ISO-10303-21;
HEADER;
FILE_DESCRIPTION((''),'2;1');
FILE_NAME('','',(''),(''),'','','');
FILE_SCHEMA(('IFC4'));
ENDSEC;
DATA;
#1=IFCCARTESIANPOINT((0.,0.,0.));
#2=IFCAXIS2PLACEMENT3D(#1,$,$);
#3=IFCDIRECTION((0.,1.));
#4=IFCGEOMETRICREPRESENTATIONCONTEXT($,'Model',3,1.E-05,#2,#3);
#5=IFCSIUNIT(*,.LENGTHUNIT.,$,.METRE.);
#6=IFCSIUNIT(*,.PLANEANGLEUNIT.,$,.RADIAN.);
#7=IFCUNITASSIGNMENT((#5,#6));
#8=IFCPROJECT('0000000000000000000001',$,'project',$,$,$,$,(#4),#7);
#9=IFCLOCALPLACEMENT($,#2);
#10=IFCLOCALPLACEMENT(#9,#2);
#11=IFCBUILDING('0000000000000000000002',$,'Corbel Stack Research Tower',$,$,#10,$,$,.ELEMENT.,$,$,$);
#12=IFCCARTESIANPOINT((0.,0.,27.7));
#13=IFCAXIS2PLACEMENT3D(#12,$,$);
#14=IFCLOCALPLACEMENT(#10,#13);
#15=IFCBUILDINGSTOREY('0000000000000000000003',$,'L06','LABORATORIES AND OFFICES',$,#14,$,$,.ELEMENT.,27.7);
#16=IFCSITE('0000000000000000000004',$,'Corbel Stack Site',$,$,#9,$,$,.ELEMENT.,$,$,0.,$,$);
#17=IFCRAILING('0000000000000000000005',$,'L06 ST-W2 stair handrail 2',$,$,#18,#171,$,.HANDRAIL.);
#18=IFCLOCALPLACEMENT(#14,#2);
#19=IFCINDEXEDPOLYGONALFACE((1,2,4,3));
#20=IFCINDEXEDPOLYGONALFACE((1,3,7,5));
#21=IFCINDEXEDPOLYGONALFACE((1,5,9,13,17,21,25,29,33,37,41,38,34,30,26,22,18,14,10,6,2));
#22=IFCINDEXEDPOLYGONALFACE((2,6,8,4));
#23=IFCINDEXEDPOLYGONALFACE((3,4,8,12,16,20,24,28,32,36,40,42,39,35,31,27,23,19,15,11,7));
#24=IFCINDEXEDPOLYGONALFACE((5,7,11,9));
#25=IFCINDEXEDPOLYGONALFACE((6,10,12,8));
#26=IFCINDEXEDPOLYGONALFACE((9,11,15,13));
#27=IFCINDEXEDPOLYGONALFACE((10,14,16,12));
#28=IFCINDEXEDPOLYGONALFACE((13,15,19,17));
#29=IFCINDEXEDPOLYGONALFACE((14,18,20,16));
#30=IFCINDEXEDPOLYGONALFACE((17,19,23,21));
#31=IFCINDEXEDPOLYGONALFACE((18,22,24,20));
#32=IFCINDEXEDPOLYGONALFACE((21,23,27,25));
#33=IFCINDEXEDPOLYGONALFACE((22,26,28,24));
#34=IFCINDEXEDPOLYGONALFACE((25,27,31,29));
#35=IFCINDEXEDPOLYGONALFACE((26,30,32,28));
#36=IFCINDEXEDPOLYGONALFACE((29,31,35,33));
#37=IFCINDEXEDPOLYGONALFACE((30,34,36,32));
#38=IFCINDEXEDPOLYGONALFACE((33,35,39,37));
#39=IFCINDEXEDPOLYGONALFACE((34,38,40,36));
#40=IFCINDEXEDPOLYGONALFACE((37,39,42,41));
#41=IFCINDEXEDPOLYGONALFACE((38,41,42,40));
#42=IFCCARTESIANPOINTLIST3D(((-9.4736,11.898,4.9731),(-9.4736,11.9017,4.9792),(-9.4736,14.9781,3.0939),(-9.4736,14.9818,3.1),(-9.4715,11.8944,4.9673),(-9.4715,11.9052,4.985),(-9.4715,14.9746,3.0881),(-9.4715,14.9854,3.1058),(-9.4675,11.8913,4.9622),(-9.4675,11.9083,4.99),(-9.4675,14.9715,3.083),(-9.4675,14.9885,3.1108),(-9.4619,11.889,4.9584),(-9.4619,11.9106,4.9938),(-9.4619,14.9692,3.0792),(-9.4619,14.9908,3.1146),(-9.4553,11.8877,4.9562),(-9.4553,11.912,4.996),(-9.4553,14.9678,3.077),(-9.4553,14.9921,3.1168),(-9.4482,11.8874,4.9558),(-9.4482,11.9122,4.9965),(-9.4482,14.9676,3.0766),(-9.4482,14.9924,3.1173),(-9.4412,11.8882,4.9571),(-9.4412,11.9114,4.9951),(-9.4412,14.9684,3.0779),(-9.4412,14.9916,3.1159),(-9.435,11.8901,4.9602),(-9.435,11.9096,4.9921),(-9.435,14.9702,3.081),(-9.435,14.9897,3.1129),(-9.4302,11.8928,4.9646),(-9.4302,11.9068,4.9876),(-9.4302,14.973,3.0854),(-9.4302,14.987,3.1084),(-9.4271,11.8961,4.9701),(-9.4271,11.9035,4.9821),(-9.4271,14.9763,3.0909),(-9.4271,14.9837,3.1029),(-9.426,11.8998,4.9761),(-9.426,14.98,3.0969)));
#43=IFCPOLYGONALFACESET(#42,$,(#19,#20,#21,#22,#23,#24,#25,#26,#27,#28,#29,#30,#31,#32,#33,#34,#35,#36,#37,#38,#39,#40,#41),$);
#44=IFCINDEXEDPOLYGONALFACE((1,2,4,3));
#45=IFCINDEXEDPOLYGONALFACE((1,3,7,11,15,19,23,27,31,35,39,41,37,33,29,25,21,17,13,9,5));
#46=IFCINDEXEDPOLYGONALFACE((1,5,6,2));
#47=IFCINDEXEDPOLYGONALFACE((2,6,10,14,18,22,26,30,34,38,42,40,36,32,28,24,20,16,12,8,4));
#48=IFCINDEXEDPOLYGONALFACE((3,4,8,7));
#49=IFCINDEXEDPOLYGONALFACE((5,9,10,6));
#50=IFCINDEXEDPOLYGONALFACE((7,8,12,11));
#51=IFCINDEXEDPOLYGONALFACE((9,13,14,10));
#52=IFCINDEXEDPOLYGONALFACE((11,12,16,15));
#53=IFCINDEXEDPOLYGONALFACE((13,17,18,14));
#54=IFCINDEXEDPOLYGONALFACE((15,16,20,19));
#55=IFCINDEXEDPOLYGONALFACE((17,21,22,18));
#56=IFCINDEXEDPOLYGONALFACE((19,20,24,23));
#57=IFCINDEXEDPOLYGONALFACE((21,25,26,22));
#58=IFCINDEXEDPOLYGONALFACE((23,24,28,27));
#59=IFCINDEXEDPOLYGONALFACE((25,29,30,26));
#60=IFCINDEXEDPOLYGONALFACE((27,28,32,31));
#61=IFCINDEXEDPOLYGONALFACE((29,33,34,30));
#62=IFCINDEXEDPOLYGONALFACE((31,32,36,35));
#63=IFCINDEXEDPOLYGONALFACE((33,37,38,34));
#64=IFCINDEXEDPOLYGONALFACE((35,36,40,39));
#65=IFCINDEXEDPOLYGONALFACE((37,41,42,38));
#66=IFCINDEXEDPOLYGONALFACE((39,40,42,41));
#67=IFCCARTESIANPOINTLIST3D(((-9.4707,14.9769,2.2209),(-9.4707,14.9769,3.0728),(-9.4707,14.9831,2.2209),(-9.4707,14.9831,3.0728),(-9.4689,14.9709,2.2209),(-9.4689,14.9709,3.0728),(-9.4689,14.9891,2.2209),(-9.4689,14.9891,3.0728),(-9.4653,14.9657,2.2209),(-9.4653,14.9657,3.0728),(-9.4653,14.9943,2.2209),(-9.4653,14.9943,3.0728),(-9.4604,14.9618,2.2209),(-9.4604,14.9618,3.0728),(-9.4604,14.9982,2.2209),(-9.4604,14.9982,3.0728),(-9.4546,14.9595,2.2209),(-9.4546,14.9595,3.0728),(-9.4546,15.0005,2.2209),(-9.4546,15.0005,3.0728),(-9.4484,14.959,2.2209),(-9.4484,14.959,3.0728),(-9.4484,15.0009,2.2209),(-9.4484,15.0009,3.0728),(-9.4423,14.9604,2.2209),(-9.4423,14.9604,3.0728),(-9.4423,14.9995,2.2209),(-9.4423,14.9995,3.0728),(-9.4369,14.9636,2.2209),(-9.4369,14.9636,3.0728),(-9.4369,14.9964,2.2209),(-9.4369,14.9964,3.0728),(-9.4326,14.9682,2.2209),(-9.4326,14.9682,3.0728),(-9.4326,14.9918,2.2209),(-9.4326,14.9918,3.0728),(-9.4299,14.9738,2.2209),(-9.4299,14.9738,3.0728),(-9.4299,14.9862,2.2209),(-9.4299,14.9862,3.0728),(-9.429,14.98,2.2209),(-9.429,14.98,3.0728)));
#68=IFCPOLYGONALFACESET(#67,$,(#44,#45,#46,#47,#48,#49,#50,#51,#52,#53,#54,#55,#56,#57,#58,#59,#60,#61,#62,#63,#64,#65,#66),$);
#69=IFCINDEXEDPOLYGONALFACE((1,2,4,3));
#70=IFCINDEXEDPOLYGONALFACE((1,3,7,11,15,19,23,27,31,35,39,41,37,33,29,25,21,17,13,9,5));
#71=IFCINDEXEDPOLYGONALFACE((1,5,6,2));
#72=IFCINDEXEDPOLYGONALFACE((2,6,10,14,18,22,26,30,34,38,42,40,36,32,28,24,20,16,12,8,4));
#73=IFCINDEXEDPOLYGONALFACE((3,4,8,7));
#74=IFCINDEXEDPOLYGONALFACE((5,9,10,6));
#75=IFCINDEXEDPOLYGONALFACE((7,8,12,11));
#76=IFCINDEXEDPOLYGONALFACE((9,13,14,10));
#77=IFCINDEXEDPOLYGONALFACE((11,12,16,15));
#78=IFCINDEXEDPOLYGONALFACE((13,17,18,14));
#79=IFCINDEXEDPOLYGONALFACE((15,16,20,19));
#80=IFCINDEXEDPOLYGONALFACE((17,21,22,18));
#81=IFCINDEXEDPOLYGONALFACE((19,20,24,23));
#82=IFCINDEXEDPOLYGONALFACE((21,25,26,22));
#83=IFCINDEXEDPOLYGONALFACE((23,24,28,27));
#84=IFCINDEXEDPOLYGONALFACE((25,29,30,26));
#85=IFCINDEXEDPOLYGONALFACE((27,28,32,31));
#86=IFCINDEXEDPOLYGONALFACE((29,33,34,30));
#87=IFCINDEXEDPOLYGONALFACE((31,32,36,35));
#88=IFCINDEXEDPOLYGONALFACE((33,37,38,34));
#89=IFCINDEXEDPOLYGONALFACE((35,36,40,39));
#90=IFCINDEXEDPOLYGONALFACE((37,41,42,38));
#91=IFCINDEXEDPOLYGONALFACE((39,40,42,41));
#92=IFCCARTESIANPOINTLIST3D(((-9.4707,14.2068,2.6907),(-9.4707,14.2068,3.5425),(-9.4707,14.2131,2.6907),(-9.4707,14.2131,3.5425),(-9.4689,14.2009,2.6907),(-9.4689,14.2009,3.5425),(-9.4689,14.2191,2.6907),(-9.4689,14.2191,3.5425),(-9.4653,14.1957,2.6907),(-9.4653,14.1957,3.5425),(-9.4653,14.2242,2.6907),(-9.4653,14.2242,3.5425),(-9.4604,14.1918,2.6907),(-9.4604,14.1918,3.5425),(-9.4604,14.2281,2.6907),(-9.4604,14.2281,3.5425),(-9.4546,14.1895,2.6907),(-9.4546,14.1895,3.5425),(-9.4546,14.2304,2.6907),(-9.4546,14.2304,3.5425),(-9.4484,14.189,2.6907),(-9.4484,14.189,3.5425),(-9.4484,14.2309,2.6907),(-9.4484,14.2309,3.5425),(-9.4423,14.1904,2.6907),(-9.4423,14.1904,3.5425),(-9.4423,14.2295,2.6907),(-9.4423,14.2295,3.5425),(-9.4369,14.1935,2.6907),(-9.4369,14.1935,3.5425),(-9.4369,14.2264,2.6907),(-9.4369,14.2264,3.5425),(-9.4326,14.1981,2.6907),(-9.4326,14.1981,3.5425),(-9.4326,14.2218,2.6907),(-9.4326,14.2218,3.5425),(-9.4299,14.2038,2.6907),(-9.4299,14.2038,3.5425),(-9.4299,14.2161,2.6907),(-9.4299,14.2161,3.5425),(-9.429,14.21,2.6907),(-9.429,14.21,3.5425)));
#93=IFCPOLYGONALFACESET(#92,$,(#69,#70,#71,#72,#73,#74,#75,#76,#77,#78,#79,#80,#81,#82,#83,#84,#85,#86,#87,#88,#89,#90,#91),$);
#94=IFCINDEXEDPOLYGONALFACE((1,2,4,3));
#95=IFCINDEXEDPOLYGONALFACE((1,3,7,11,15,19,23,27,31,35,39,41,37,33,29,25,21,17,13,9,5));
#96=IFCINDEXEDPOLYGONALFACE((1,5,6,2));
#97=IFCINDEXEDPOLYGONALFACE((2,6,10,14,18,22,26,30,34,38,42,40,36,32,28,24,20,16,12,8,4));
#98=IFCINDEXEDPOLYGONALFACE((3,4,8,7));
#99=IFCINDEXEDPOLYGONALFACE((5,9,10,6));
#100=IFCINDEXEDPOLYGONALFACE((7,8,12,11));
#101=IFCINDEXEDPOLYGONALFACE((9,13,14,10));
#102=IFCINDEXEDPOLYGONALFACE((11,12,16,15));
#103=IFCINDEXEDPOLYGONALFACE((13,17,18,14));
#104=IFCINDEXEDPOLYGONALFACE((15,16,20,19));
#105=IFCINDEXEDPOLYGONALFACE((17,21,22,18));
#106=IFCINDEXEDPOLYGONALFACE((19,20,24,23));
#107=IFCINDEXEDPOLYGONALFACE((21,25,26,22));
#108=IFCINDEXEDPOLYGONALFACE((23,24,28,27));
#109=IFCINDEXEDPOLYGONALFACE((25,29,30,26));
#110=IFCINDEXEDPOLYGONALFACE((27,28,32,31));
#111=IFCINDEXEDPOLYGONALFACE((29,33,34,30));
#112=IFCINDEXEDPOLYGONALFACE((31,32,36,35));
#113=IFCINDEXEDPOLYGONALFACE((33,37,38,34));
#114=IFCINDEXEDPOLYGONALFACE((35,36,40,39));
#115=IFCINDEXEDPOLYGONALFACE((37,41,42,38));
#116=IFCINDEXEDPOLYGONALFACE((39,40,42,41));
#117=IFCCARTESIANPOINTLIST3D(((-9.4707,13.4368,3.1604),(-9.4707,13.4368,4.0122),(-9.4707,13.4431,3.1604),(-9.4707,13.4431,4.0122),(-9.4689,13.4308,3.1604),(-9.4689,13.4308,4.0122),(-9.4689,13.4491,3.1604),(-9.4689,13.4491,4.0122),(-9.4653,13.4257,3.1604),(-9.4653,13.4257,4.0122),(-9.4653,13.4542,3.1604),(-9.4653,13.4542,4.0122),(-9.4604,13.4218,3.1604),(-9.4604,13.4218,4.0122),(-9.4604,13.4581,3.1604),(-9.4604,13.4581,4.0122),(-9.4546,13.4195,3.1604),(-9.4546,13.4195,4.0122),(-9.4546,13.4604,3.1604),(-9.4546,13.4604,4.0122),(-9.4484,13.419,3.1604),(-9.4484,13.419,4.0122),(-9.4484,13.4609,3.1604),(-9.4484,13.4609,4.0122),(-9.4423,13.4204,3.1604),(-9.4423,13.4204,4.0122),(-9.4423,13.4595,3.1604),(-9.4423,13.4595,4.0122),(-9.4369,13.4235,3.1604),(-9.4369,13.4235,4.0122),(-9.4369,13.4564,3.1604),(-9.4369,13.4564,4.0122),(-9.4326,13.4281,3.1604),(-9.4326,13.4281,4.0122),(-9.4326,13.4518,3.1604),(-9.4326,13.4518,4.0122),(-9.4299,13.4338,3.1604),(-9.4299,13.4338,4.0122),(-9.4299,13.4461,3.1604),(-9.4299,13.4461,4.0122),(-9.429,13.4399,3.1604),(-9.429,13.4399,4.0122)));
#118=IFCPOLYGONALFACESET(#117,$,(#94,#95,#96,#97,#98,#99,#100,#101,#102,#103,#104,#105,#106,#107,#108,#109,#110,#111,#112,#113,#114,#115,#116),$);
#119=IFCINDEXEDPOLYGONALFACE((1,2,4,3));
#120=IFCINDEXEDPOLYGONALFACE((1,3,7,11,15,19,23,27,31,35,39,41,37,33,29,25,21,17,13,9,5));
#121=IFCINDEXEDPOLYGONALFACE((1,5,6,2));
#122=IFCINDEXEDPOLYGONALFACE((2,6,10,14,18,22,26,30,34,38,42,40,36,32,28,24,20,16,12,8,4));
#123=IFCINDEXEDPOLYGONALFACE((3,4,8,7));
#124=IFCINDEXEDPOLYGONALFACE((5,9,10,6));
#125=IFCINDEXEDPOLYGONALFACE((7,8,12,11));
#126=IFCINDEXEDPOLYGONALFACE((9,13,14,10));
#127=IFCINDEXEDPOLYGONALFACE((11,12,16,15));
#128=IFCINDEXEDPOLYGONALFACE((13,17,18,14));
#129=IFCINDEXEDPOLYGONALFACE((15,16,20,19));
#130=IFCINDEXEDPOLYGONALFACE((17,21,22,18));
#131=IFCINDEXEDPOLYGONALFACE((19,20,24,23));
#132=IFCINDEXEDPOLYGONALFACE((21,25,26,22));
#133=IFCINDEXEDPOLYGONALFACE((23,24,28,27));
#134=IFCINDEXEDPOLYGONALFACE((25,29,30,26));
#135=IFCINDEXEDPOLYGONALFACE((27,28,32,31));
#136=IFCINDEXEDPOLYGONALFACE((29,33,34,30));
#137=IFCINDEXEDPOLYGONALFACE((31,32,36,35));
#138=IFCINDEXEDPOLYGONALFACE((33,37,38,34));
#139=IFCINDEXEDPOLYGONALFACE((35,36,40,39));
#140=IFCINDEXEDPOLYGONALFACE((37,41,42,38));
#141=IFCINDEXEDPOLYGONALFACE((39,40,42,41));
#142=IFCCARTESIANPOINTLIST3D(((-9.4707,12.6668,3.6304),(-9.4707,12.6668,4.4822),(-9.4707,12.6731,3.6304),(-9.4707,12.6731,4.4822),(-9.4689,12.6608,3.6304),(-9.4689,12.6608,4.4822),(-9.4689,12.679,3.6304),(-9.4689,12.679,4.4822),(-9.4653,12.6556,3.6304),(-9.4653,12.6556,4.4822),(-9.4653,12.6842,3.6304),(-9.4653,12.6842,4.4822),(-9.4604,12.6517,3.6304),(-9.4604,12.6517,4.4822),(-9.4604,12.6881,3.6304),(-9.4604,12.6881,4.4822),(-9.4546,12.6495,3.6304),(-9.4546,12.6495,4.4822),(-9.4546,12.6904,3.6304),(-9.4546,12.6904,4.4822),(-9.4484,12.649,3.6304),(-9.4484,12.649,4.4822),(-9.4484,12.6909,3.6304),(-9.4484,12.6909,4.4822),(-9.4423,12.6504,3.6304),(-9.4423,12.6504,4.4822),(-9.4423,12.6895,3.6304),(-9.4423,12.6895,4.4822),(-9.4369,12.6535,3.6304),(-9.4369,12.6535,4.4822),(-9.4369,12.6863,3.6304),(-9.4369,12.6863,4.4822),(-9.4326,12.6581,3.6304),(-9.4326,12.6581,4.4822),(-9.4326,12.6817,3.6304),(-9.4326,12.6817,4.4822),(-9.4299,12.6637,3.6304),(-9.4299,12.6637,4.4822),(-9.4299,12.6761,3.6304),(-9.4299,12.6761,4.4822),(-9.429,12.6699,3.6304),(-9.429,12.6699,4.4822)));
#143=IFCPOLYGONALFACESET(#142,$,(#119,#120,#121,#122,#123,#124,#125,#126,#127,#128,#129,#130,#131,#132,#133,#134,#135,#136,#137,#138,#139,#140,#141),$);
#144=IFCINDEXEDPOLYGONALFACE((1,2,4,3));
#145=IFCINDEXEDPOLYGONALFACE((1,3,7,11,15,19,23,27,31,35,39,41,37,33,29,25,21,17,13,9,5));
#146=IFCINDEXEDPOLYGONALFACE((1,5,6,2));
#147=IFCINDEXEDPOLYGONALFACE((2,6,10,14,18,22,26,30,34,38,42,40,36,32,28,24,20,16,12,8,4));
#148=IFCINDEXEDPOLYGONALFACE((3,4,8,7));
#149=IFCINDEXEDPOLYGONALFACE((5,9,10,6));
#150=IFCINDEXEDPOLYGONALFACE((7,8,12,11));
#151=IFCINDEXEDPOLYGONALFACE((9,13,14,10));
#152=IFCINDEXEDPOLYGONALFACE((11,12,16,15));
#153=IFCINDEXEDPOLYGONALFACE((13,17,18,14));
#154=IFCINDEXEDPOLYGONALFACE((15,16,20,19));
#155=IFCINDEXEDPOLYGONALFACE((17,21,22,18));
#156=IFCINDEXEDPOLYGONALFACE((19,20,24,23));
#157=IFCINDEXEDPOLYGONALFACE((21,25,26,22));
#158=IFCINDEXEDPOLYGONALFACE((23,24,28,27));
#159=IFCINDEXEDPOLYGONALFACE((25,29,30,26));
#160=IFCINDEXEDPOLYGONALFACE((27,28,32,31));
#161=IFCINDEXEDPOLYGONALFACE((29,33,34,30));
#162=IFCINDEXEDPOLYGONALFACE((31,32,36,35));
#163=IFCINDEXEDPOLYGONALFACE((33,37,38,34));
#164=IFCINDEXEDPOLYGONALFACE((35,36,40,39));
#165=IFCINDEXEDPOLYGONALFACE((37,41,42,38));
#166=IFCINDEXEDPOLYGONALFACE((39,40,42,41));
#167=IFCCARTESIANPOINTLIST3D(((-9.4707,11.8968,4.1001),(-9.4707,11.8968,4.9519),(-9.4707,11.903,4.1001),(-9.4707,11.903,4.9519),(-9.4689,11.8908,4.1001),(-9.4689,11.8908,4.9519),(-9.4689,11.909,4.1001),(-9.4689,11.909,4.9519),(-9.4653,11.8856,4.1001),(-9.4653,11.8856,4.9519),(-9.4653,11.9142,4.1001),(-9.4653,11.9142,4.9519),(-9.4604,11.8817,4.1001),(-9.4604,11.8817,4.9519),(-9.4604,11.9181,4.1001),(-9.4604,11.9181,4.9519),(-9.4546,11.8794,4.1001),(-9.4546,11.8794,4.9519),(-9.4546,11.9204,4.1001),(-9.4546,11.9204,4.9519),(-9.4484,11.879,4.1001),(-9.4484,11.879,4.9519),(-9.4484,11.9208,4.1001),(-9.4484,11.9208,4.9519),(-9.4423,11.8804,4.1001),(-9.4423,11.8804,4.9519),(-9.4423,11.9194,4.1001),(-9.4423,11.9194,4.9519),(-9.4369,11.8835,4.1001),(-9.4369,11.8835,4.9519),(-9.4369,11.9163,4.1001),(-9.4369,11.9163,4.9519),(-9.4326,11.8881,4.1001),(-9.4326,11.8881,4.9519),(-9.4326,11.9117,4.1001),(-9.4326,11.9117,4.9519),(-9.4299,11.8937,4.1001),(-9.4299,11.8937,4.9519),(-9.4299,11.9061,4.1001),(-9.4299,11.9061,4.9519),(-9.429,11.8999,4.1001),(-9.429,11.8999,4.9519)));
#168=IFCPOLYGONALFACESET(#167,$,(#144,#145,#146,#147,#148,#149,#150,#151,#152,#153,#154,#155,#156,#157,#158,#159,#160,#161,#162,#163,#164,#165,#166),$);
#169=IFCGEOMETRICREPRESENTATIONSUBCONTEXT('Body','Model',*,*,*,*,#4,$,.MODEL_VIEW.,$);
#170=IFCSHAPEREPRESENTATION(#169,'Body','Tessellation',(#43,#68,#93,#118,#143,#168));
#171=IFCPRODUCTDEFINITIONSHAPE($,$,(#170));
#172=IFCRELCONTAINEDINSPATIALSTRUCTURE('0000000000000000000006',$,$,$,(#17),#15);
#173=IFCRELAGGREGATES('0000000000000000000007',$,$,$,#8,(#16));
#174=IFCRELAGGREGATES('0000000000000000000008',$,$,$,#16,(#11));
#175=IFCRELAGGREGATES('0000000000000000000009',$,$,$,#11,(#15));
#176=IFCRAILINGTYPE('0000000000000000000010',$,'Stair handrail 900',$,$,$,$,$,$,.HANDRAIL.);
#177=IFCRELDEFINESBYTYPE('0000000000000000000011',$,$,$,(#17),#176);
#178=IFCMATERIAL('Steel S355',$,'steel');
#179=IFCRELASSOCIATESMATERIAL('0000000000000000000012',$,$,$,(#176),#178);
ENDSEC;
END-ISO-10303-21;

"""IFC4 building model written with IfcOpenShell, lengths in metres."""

from ifc_helpers import new_model, si_unit, direction, frame, origin, origin_2d, place, context, subcontext, project, spatial, circle, extrude, material, type_object, element, save


model = new_model("IFC4")

# Units and contexts
model_context = context("Model", 3, precision=1e-05, world=origin(), true_north=direction((0.0, 1.0)))
body_context = subcontext(model_context, "Body", "Model", "MODEL_VIEW")
ifc_project = project(units=[si_unit("LENGTHUNIT", "METRE"), si_unit("PLANEANGLEUNIT", "RADIAN")], contexts=[model_context])

# Site, building, storey
site_placement = place(None, origin())
site = spatial("IfcSite", under=ifc_project, at=site_placement, Name="Corbel Stack Site", CompositionType="ELEMENT", RefElevation=0.0)
building_placement = place(site_placement, origin())
building = spatial("IfcBuilding", under=site, at=building_placement, Name="Corbel Stack Research Tower", CompositionType="ELEMENT")
storey_placement = place(building_placement, frame((0.0, 0.0, 27.7)))
storey = spatial("IfcBuildingStorey", under=building, at=storey_placement, Name="L06", Description="LABORATORIES AND OFFICES", CompositionType="ELEMENT", Elevation=27.7)

# Railing
ifc_material_1 = material(Name="Steel S355", Category="steel")
railing_type_1 = type_object("IfcRailingType", Name="Stair handrail 900", PredefinedType="HANDRAIL", material=ifc_material_1)
railing_1_placement = place(storey_placement, frame((-9.45, 14.98, 2.2209)))
element("IfcRailing", 1, at=railing_1_placement, inside=storey, type_object=railing_type_1, Name="L06 ST-W2 stair handrail 2", PredefinedType="HANDRAIL", context=body_context, shape_type="SweptSolid", body=[
    extrude(circle(Radius=0.0239, at=origin_2d()), frame((0.0, 0.0, 0.876), z_axis=(0.0, -0.853666, 0.52082), x_axis=(1.0, 0.0, 0.0)), (0.0, 0.0, 1.0), 3.6082),
    extrude(circle(Radius=0.021, at=origin_2d()), origin(), (0.0, 0.0, 1.0), 0.8518),
    extrude(circle(Radius=0.021, at=origin_2d()), frame((0.0, -0.77, 0.4697)), (0.0, 0.0, 1.0), 0.8518),
    extrude(circle(Radius=0.021, at=origin_2d()), frame((0.0, -1.54, 0.9395)), (0.0, 0.0, 1.0), 0.8518),
    extrude(circle(Radius=0.021, at=origin_2d()), frame((0.0, -2.3101, 1.4094)), (0.0, 0.0, 1.0), 0.8518),
    extrude(circle(Radius=0.021, at=origin_2d()), frame((0.0, -3.0801, 1.8792)), (0.0, 0.0, 1.0), 0.8518),
])

save(model, "model.ifc")
